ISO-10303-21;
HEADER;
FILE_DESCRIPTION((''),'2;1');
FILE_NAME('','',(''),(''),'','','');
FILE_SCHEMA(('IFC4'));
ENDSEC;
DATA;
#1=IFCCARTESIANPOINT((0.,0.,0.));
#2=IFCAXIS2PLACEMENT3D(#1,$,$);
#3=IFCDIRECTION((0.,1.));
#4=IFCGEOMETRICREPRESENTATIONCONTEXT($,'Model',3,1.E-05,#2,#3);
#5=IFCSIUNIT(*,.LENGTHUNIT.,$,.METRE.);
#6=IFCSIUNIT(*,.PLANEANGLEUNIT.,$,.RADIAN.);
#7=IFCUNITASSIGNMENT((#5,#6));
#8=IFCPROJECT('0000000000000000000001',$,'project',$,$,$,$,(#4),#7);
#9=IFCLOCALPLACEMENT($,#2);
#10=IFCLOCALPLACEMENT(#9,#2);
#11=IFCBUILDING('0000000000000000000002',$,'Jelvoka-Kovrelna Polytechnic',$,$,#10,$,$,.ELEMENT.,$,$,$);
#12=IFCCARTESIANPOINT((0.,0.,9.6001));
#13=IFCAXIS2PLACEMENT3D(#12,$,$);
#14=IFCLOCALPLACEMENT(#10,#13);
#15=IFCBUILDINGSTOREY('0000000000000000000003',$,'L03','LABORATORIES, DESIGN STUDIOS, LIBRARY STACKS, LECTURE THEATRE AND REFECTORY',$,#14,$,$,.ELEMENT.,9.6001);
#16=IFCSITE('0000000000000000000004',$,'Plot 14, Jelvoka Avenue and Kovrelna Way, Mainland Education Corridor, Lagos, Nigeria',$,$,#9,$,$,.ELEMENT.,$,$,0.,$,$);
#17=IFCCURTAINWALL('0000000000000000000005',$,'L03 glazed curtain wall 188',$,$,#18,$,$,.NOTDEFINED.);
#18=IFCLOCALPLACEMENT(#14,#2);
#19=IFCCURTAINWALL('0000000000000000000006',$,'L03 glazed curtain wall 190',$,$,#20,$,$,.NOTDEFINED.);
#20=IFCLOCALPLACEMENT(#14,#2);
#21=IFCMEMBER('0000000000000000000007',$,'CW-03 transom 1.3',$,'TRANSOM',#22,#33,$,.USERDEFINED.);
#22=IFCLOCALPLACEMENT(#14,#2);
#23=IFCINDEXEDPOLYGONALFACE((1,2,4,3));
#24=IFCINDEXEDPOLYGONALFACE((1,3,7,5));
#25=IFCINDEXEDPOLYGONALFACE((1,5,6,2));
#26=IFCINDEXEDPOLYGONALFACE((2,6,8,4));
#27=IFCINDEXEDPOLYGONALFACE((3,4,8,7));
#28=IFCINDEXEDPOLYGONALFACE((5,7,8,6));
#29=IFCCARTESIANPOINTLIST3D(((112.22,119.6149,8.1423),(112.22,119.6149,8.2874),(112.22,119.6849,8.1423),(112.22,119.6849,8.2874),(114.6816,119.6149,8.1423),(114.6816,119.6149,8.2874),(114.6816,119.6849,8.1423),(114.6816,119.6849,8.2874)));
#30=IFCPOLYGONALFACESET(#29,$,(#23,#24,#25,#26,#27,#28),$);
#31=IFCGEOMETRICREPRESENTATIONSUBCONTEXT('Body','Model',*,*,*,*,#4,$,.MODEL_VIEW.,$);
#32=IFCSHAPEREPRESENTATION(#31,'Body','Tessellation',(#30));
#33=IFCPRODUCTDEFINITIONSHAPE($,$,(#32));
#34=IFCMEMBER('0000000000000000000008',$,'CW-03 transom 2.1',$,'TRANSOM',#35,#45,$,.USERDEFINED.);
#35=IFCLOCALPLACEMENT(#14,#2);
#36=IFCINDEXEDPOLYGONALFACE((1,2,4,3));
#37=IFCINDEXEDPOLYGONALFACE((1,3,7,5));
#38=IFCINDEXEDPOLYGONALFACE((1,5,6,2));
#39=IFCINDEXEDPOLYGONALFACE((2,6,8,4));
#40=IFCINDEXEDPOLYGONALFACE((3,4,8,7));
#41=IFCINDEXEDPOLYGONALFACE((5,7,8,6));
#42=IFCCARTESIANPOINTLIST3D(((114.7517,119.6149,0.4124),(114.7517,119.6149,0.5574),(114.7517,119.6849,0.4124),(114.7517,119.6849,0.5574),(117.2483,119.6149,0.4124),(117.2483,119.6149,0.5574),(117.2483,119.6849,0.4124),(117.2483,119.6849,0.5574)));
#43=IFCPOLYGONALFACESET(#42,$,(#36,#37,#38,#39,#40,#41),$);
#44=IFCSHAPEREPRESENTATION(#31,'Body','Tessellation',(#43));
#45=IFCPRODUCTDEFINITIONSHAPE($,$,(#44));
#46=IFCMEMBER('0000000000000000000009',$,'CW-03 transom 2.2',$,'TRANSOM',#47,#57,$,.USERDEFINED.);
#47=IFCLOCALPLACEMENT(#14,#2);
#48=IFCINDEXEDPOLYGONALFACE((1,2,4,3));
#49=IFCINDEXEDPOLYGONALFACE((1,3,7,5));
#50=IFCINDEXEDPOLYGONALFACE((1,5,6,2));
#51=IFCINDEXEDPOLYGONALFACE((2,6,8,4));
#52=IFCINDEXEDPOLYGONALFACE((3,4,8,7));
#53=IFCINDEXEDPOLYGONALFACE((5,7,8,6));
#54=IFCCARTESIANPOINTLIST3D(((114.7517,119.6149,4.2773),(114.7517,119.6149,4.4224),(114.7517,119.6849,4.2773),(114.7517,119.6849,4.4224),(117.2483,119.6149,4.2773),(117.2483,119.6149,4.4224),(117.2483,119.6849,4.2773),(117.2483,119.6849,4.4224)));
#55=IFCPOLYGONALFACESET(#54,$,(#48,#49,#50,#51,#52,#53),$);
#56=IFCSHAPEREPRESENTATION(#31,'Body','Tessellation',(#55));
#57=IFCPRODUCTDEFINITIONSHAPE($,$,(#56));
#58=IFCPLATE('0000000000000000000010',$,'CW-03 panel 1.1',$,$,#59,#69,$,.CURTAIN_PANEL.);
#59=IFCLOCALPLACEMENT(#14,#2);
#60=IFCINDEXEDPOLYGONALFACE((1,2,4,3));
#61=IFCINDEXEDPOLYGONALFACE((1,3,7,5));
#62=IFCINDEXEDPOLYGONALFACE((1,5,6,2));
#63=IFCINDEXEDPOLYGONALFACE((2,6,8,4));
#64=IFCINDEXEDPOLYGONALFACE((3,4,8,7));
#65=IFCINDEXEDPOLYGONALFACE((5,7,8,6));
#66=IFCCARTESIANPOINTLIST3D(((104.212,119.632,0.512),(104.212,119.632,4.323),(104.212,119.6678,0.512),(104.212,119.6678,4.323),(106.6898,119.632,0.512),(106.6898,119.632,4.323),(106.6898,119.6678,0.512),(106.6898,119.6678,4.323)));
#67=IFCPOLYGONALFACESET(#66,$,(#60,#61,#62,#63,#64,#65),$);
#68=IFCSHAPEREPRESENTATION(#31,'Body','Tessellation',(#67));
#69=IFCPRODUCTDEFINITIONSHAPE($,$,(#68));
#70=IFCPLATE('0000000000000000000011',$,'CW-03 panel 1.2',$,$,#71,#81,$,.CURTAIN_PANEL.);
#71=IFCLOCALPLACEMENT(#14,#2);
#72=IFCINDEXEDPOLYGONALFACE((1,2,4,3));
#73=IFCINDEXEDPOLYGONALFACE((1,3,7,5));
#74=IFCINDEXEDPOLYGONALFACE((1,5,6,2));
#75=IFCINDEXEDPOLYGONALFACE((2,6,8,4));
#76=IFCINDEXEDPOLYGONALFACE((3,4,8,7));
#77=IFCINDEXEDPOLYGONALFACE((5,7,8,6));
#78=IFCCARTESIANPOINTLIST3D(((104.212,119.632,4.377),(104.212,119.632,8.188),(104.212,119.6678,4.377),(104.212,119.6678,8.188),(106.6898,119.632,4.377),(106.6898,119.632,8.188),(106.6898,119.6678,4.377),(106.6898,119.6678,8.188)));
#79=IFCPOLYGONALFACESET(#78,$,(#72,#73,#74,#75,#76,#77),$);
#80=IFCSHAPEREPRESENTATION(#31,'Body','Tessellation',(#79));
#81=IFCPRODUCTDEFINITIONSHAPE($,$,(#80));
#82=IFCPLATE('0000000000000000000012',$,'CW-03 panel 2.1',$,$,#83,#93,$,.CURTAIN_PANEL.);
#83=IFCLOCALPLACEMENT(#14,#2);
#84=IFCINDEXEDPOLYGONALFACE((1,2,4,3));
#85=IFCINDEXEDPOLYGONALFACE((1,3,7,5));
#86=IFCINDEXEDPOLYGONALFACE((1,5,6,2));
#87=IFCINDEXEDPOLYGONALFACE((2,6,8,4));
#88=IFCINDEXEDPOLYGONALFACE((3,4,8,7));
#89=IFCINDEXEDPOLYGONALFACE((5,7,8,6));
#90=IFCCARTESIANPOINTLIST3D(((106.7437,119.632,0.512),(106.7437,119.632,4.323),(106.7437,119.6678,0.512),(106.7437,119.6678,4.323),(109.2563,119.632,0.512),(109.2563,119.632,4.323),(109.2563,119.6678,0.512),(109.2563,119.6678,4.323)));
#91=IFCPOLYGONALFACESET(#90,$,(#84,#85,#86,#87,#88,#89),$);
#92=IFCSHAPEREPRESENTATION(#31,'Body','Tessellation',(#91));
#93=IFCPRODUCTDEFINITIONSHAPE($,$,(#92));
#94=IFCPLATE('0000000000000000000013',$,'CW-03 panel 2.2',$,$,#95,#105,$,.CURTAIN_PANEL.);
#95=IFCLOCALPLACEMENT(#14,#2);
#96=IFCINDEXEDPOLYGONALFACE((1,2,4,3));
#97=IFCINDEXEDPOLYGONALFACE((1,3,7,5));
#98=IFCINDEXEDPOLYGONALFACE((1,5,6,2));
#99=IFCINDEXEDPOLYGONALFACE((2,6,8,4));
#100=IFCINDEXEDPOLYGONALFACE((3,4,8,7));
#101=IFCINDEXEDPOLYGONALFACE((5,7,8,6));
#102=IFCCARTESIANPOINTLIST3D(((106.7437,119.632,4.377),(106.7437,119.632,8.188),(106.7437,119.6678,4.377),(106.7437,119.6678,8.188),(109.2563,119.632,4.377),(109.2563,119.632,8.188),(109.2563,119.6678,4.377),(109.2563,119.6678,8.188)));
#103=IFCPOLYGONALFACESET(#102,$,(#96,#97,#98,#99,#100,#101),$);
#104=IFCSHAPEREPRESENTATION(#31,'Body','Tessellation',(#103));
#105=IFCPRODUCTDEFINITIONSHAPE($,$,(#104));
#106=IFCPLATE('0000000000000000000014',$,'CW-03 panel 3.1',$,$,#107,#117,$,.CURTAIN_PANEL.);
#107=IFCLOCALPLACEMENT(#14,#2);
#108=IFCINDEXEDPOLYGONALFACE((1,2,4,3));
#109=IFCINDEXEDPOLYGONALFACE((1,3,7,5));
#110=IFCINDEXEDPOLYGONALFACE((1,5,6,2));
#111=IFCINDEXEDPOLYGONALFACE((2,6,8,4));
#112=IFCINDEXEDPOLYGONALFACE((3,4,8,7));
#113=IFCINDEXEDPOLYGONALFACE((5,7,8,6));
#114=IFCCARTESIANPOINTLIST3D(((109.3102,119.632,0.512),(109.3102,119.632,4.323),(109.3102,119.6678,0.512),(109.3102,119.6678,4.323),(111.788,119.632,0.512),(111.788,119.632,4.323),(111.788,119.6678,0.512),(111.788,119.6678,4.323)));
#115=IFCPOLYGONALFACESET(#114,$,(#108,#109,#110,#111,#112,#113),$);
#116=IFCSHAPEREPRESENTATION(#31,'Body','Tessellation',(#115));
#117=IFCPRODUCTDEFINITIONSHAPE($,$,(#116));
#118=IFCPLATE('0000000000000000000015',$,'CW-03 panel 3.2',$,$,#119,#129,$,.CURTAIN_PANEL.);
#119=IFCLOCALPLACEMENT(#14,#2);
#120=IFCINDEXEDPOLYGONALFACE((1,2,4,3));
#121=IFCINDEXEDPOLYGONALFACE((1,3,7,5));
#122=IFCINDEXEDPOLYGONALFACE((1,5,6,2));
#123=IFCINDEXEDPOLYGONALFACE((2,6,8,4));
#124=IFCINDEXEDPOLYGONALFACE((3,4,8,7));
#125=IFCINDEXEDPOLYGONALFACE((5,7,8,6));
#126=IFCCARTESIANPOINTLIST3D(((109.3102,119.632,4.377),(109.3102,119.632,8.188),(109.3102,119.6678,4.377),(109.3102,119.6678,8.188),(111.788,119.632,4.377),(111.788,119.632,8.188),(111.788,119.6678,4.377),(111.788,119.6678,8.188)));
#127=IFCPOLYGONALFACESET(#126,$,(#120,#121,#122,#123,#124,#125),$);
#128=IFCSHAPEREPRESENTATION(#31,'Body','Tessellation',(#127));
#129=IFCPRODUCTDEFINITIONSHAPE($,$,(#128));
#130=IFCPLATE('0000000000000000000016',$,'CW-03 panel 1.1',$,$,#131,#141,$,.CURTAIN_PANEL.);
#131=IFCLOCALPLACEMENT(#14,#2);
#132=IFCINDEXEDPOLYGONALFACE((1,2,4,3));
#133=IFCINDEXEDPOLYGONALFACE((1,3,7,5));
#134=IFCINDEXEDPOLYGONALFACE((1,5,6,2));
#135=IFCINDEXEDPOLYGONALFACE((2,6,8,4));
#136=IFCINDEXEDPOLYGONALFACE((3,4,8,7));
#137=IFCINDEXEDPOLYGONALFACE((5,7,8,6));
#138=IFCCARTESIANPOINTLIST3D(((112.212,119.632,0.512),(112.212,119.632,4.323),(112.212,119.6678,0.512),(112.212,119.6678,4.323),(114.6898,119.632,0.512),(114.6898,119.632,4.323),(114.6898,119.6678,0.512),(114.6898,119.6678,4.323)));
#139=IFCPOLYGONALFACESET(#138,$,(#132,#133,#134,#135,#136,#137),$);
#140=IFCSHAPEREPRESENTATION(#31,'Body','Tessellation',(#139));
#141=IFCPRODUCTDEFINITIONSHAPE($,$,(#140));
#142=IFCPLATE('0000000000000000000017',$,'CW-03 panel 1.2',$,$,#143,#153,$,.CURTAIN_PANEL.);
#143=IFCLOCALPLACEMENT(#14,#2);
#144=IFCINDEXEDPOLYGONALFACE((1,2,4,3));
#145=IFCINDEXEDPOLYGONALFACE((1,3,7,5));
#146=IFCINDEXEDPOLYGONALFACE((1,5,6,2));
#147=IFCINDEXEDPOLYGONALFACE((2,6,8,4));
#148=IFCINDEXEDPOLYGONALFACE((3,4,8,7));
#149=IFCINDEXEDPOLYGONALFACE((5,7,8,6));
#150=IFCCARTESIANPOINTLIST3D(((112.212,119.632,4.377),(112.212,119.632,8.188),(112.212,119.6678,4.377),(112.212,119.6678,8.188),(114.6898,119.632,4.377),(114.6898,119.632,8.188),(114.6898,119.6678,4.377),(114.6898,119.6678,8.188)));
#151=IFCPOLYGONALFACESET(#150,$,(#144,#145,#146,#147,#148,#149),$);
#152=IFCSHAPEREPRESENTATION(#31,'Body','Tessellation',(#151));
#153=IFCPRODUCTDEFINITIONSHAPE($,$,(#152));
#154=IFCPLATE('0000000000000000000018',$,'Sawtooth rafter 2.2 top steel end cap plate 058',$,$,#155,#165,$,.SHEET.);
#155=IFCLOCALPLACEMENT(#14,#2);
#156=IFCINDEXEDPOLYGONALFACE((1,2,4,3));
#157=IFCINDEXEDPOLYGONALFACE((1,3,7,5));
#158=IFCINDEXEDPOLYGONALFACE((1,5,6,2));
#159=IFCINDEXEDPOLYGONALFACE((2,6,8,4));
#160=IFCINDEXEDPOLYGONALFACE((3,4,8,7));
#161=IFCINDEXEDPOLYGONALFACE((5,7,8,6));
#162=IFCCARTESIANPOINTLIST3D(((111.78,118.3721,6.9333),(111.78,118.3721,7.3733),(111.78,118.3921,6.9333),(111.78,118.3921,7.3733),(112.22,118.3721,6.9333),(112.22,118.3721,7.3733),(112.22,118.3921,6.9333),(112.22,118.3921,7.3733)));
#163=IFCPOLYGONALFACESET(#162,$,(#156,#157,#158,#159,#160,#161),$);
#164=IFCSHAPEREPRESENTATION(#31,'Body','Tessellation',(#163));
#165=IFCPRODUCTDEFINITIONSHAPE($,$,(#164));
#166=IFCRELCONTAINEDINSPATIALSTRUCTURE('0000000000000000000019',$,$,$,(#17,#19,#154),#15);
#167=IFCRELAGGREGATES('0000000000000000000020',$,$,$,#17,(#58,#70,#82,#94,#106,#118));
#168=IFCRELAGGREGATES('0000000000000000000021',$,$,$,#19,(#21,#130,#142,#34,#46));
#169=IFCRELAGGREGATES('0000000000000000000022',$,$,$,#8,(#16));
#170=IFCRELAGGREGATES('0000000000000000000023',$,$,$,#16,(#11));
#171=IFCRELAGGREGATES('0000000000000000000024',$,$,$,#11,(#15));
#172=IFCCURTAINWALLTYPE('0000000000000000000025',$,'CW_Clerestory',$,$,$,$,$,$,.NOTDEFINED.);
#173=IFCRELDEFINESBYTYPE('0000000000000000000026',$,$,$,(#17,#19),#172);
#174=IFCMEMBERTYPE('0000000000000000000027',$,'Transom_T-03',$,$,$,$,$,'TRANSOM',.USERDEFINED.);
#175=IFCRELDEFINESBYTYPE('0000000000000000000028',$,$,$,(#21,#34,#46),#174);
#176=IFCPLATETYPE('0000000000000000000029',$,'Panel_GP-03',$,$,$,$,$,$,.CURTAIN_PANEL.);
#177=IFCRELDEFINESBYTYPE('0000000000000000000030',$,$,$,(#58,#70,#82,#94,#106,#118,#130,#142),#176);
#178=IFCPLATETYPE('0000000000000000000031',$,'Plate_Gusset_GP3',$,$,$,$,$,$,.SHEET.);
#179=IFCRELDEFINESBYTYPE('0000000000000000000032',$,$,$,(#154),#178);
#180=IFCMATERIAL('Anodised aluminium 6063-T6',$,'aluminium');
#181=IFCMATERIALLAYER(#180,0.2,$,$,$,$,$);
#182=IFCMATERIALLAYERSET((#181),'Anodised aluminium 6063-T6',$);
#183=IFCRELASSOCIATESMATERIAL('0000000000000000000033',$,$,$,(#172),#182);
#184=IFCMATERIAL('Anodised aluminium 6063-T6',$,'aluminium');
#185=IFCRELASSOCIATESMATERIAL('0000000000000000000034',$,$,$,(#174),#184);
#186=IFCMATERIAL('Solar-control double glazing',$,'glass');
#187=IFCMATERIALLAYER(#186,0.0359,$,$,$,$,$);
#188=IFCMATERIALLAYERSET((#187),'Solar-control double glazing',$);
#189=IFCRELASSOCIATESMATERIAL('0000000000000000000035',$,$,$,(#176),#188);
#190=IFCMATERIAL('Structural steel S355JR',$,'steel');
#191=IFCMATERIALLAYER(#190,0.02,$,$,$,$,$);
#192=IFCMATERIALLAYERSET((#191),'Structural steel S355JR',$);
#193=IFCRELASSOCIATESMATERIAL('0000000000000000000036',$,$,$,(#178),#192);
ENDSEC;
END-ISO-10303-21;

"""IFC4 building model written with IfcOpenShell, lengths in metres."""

from ifc_helpers import new_model, si_unit, direction, frame, origin, origin_2d, place, context, subcontext, project, spatial, rectangle, extrude, material, layer, layer_set, material_profile, profile_set, type_object, element, aggregate, save


model = new_model("IFC4")

# Units and contexts
model_context = context("Model", 3, precision=1e-05, world=origin(), true_north=direction((0.0, 1.0)))
body_context = subcontext(model_context, "Body", "Model", "MODEL_VIEW")
ifc_project = project(units=[si_unit("LENGTHUNIT", "METRE"), si_unit("PLANEANGLEUNIT", "RADIAN")], contexts=[model_context])

# Site, building, storey
site_placement = place(None, origin())
site = spatial("IfcSite", under=ifc_project, at=site_placement, Name="Plot 14, Jelvoka Avenue and Kovrelna Way, Mainland Education Corridor, Lagos, Nigeria", CompositionType="ELEMENT", RefElevation=0.0)
building_placement = place(site_placement, origin())
building = spatial("IfcBuilding", under=site, at=building_placement, Name="Jelvoka-Kovrelna Polytechnic", CompositionType="ELEMENT")
storey_placement = place(building_placement, frame((0.0, 0.0, 9.6001)))
storey = spatial("IfcBuildingStorey", under=building, at=storey_placement, Name="L03", Description="LABORATORIES, DESIGN STUDIOS, LIBRARY STACKS, LECTURE THEATRE AND REFECTORY", CompositionType="ELEMENT", Elevation=9.6001)

# Curtain walls
ifc_material_1 = material(Name="Anodised aluminium 6063-T6", Category="aluminium")
ifc_layer_1 = layer(ifc_material_1, 0.2)
ifc_layer_set_1 = layer_set([ifc_layer_1], Name="Anodised aluminium 6063-T6")
curtain_wall_type = type_object("IfcCurtainWallType", Name="CW_Clerestory", PredefinedType="NOTDEFINED", material=ifc_layer_set_1)
curtain_wall_1_placement = place(storey_placement, origin())
curtain_wall_1 = element("IfcCurtainWall", 1, at=curtain_wall_1_placement, inside=storey, type_object=curtain_wall_type, Name="L03 glazed curtain wall 188", PredefinedType="NOTDEFINED")
curtain_wall_2_placement = place(storey_placement, origin())
curtain_wall_2 = element("IfcCurtainWall", 2, at=curtain_wall_2_placement, inside=storey, type_object=curtain_wall_type, Name="L03 glazed curtain wall 190", PredefinedType="NOTDEFINED")

# Members
ifc_material_2 = material(Name="Anodised aluminium 6063-T6", Category="aluminium")
ifc_material_profile_1 = material_profile(ifc_material_2, rectangle(XDim=0.0701, YDim=0.145, at=origin_2d()), Name="ALU 70x145")
ifc_profile_set_1 = profile_set([ifc_material_profile_1], Name="Anodised aluminium 6063-T6")
member_type_1 = type_object("IfcMemberType", Name="Transom_T-03", ElementType="TRANSOM", PredefinedType="USERDEFINED", material=ifc_profile_set_1)
member_1_placement = place(storey_placement, frame((112.22, 119.6499, 8.2148), z_axis=(1.0, 0.0, 0.0), x_axis=(0.0, 1.0, 0.0)))
member_1 = element("IfcMember", 3, at=member_1_placement, type_object=member_type_1, Name="CW-03 transom 1.3", ObjectType="TRANSOM", PredefinedType="USERDEFINED", context=body_context, shape_type="SweptSolid", body=[
    extrude(rectangle(XDim=0.0701, YDim=0.145, at=origin_2d()), origin(), (0.0, 0.0, 1.0), 2.4617),
])
member_2_placement = place(storey_placement, frame((114.7517, 119.6499, 0.4849), z_axis=(1.0, 0.0, 0.0), x_axis=(0.0, 1.0, 0.0)))
member_2 = element("IfcMember", 4, at=member_2_placement, type_object=member_type_1, Name="CW-03 transom 2.1", ObjectType="TRANSOM", PredefinedType="USERDEFINED", context=body_context, shape_type="SweptSolid", body=[
    extrude(rectangle(XDim=0.0701, YDim=0.145, at=origin_2d()), origin(), (0.0, 0.0, 1.0), 2.4966),
])
member_3_placement = place(storey_placement, frame((114.7517, 119.6499, 4.3499), z_axis=(1.0, 0.0, 0.0), x_axis=(0.0, 1.0, 0.0)))
member_3 = element("IfcMember", 5, at=member_3_placement, type_object=member_type_1, Name="CW-03 transom 2.2", ObjectType="TRANSOM", PredefinedType="USERDEFINED", context=body_context, shape_type="SweptSolid", body=[
    extrude(rectangle(XDim=0.0701, YDim=0.145, at=origin_2d()), origin(), (0.0, 0.0, 1.0), 2.4966),
])

# Plates
ifc_material_3 = material(Name="Solar-control double glazing", Category="glass")
ifc_layer_2 = layer(ifc_material_3, 0.0359)
ifc_layer_set_2 = layer_set([ifc_layer_2], Name="Solar-control double glazing")
plate_type_1 = type_object("IfcPlateType", Name="Panel_GP-03", PredefinedType="CURTAIN_PANEL", material=ifc_layer_set_2)
plate_1_placement = place(storey_placement, frame((105.4509, 119.6499, 0.512), z_axis=(0.0, 0.0, 1.0), x_axis=(1.0, 0.0, 0.0)))
plate_1 = element("IfcPlate", 6, at=plate_1_placement, type_object=plate_type_1, Name="CW-03 panel 1.1", PredefinedType="CURTAIN_PANEL", context=body_context, shape_type="SweptSolid", body=[
    extrude(rectangle(XDim=2.4778, YDim=0.0359, at=origin_2d()), origin(), (0.0, 0.0, 1.0), 3.811),
])
plate_2_placement = place(storey_placement, frame((105.4509, 119.6499, 4.377), z_axis=(0.0, 0.0, 1.0), x_axis=(1.0, 0.0, 0.0)))
plate_2 = element("IfcPlate", 7, at=plate_2_placement, type_object=plate_type_1, Name="CW-03 panel 1.2", PredefinedType="CURTAIN_PANEL", context=body_context, shape_type="SweptSolid", body=[
    extrude(rectangle(XDim=2.4778, YDim=0.0359, at=origin_2d()), origin(), (0.0, 0.0, 1.0), 3.811),
])
plate_3_placement = place(storey_placement, frame((108.0, 119.6499, 0.512), z_axis=(0.0, 0.0, 1.0), x_axis=(1.0, 0.0, 0.0)))
plate_3 = element("IfcPlate", 8, at=plate_3_placement, type_object=plate_type_1, Name="CW-03 panel 2.1", PredefinedType="CURTAIN_PANEL", context=body_context, shape_type="SweptSolid", body=[
    extrude(rectangle(XDim=2.5127, YDim=0.0359, at=origin_2d()), origin(), (0.0, 0.0, 1.0), 3.811),
])
plate_4_placement = place(storey_placement, frame((108.0, 119.6499, 4.377), z_axis=(0.0, 0.0, 1.0), x_axis=(1.0, 0.0, 0.0)))
plate_4 = element("IfcPlate", 9, at=plate_4_placement, type_object=plate_type_1, Name="CW-03 panel 2.2", PredefinedType="CURTAIN_PANEL", context=body_context, shape_type="SweptSolid", body=[
    extrude(rectangle(XDim=2.5127, YDim=0.0359, at=origin_2d()), origin(), (0.0, 0.0, 1.0), 3.811),
])
plate_5_placement = place(storey_placement, frame((110.5491, 119.6499, 0.512), z_axis=(0.0, 0.0, 1.0), x_axis=(1.0, 0.0, 0.0)))
plate_5 = element("IfcPlate", 10, at=plate_5_placement, type_object=plate_type_1, Name="CW-03 panel 3.1", PredefinedType="CURTAIN_PANEL", context=body_context, shape_type="SweptSolid", body=[
    extrude(rectangle(XDim=2.4778, YDim=0.0359, at=origin_2d()), origin(), (0.0, 0.0, 1.0), 3.811),
])
plate_6_placement = place(storey_placement, frame((110.5491, 119.6499, 4.377), z_axis=(0.0, 0.0, 1.0), x_axis=(1.0, 0.0, 0.0)))
plate_6 = element("IfcPlate", 11, at=plate_6_placement, type_object=plate_type_1, Name="CW-03 panel 3.2", PredefinedType="CURTAIN_PANEL", context=body_context, shape_type="SweptSolid", body=[
    extrude(rectangle(XDim=2.4778, YDim=0.0359, at=origin_2d()), origin(), (0.0, 0.0, 1.0), 3.811),
])
aggregate(curtain_wall_1, [plate_1, plate_2, plate_3, plate_4, plate_5, plate_6])
plate_7_placement = place(storey_placement, frame((113.4509, 119.6499, 0.512), z_axis=(0.0, 0.0, 1.0), x_axis=(1.0, 0.0, 0.0)))
plate_7 = element("IfcPlate", 12, at=plate_7_placement, type_object=plate_type_1, Name="CW-03 panel 1.1", PredefinedType="CURTAIN_PANEL", context=body_context, shape_type="SweptSolid", body=[
    extrude(rectangle(XDim=2.4778, YDim=0.0359, at=origin_2d()), origin(), (0.0, 0.0, 1.0), 3.811),
])
plate_8_placement = place(storey_placement, frame((113.4509, 119.6499, 4.377), z_axis=(0.0, 0.0, 1.0), x_axis=(1.0, 0.0, 0.0)))
plate_8 = element("IfcPlate", 13, at=plate_8_placement, type_object=plate_type_1, Name="CW-03 panel 1.2", PredefinedType="CURTAIN_PANEL", context=body_context, shape_type="SweptSolid", body=[
    extrude(rectangle(XDim=2.4778, YDim=0.0359, at=origin_2d()), origin(), (0.0, 0.0, 1.0), 3.811),
])
aggregate(curtain_wall_2, [member_1, plate_7, plate_8, member_2, member_3])
ifc_material_4 = material(Name="Structural steel S355JR", Category="steel")
ifc_layer_3 = layer(ifc_material_4, 0.02)
ifc_layer_set_3 = layer_set([ifc_layer_3], Name="Structural steel S355JR")
plate_type_2 = type_object("IfcPlateType", Name="Plate_Gusset_GP3", PredefinedType="SHEET", material=ifc_layer_set_3)
plate_9_placement = place(storey_placement, frame((112.0, 118.3821, 6.9333), z_axis=(0.0, 0.0, 1.0), x_axis=(1.0, 0.0, 0.0)))
element("IfcPlate", 14, at=plate_9_placement, inside=storey, type_object=plate_type_2, Name="Sawtooth rafter 2.2 top steel end cap plate 058", PredefinedType="SHEET", context=body_context, shape_type="SweptSolid", body=[
    extrude(rectangle(XDim=0.4399, YDim=0.02, at=origin_2d()), origin(), (0.0, 0.0, 1.0), 0.4399),
])

save(model, "model.ifc")
